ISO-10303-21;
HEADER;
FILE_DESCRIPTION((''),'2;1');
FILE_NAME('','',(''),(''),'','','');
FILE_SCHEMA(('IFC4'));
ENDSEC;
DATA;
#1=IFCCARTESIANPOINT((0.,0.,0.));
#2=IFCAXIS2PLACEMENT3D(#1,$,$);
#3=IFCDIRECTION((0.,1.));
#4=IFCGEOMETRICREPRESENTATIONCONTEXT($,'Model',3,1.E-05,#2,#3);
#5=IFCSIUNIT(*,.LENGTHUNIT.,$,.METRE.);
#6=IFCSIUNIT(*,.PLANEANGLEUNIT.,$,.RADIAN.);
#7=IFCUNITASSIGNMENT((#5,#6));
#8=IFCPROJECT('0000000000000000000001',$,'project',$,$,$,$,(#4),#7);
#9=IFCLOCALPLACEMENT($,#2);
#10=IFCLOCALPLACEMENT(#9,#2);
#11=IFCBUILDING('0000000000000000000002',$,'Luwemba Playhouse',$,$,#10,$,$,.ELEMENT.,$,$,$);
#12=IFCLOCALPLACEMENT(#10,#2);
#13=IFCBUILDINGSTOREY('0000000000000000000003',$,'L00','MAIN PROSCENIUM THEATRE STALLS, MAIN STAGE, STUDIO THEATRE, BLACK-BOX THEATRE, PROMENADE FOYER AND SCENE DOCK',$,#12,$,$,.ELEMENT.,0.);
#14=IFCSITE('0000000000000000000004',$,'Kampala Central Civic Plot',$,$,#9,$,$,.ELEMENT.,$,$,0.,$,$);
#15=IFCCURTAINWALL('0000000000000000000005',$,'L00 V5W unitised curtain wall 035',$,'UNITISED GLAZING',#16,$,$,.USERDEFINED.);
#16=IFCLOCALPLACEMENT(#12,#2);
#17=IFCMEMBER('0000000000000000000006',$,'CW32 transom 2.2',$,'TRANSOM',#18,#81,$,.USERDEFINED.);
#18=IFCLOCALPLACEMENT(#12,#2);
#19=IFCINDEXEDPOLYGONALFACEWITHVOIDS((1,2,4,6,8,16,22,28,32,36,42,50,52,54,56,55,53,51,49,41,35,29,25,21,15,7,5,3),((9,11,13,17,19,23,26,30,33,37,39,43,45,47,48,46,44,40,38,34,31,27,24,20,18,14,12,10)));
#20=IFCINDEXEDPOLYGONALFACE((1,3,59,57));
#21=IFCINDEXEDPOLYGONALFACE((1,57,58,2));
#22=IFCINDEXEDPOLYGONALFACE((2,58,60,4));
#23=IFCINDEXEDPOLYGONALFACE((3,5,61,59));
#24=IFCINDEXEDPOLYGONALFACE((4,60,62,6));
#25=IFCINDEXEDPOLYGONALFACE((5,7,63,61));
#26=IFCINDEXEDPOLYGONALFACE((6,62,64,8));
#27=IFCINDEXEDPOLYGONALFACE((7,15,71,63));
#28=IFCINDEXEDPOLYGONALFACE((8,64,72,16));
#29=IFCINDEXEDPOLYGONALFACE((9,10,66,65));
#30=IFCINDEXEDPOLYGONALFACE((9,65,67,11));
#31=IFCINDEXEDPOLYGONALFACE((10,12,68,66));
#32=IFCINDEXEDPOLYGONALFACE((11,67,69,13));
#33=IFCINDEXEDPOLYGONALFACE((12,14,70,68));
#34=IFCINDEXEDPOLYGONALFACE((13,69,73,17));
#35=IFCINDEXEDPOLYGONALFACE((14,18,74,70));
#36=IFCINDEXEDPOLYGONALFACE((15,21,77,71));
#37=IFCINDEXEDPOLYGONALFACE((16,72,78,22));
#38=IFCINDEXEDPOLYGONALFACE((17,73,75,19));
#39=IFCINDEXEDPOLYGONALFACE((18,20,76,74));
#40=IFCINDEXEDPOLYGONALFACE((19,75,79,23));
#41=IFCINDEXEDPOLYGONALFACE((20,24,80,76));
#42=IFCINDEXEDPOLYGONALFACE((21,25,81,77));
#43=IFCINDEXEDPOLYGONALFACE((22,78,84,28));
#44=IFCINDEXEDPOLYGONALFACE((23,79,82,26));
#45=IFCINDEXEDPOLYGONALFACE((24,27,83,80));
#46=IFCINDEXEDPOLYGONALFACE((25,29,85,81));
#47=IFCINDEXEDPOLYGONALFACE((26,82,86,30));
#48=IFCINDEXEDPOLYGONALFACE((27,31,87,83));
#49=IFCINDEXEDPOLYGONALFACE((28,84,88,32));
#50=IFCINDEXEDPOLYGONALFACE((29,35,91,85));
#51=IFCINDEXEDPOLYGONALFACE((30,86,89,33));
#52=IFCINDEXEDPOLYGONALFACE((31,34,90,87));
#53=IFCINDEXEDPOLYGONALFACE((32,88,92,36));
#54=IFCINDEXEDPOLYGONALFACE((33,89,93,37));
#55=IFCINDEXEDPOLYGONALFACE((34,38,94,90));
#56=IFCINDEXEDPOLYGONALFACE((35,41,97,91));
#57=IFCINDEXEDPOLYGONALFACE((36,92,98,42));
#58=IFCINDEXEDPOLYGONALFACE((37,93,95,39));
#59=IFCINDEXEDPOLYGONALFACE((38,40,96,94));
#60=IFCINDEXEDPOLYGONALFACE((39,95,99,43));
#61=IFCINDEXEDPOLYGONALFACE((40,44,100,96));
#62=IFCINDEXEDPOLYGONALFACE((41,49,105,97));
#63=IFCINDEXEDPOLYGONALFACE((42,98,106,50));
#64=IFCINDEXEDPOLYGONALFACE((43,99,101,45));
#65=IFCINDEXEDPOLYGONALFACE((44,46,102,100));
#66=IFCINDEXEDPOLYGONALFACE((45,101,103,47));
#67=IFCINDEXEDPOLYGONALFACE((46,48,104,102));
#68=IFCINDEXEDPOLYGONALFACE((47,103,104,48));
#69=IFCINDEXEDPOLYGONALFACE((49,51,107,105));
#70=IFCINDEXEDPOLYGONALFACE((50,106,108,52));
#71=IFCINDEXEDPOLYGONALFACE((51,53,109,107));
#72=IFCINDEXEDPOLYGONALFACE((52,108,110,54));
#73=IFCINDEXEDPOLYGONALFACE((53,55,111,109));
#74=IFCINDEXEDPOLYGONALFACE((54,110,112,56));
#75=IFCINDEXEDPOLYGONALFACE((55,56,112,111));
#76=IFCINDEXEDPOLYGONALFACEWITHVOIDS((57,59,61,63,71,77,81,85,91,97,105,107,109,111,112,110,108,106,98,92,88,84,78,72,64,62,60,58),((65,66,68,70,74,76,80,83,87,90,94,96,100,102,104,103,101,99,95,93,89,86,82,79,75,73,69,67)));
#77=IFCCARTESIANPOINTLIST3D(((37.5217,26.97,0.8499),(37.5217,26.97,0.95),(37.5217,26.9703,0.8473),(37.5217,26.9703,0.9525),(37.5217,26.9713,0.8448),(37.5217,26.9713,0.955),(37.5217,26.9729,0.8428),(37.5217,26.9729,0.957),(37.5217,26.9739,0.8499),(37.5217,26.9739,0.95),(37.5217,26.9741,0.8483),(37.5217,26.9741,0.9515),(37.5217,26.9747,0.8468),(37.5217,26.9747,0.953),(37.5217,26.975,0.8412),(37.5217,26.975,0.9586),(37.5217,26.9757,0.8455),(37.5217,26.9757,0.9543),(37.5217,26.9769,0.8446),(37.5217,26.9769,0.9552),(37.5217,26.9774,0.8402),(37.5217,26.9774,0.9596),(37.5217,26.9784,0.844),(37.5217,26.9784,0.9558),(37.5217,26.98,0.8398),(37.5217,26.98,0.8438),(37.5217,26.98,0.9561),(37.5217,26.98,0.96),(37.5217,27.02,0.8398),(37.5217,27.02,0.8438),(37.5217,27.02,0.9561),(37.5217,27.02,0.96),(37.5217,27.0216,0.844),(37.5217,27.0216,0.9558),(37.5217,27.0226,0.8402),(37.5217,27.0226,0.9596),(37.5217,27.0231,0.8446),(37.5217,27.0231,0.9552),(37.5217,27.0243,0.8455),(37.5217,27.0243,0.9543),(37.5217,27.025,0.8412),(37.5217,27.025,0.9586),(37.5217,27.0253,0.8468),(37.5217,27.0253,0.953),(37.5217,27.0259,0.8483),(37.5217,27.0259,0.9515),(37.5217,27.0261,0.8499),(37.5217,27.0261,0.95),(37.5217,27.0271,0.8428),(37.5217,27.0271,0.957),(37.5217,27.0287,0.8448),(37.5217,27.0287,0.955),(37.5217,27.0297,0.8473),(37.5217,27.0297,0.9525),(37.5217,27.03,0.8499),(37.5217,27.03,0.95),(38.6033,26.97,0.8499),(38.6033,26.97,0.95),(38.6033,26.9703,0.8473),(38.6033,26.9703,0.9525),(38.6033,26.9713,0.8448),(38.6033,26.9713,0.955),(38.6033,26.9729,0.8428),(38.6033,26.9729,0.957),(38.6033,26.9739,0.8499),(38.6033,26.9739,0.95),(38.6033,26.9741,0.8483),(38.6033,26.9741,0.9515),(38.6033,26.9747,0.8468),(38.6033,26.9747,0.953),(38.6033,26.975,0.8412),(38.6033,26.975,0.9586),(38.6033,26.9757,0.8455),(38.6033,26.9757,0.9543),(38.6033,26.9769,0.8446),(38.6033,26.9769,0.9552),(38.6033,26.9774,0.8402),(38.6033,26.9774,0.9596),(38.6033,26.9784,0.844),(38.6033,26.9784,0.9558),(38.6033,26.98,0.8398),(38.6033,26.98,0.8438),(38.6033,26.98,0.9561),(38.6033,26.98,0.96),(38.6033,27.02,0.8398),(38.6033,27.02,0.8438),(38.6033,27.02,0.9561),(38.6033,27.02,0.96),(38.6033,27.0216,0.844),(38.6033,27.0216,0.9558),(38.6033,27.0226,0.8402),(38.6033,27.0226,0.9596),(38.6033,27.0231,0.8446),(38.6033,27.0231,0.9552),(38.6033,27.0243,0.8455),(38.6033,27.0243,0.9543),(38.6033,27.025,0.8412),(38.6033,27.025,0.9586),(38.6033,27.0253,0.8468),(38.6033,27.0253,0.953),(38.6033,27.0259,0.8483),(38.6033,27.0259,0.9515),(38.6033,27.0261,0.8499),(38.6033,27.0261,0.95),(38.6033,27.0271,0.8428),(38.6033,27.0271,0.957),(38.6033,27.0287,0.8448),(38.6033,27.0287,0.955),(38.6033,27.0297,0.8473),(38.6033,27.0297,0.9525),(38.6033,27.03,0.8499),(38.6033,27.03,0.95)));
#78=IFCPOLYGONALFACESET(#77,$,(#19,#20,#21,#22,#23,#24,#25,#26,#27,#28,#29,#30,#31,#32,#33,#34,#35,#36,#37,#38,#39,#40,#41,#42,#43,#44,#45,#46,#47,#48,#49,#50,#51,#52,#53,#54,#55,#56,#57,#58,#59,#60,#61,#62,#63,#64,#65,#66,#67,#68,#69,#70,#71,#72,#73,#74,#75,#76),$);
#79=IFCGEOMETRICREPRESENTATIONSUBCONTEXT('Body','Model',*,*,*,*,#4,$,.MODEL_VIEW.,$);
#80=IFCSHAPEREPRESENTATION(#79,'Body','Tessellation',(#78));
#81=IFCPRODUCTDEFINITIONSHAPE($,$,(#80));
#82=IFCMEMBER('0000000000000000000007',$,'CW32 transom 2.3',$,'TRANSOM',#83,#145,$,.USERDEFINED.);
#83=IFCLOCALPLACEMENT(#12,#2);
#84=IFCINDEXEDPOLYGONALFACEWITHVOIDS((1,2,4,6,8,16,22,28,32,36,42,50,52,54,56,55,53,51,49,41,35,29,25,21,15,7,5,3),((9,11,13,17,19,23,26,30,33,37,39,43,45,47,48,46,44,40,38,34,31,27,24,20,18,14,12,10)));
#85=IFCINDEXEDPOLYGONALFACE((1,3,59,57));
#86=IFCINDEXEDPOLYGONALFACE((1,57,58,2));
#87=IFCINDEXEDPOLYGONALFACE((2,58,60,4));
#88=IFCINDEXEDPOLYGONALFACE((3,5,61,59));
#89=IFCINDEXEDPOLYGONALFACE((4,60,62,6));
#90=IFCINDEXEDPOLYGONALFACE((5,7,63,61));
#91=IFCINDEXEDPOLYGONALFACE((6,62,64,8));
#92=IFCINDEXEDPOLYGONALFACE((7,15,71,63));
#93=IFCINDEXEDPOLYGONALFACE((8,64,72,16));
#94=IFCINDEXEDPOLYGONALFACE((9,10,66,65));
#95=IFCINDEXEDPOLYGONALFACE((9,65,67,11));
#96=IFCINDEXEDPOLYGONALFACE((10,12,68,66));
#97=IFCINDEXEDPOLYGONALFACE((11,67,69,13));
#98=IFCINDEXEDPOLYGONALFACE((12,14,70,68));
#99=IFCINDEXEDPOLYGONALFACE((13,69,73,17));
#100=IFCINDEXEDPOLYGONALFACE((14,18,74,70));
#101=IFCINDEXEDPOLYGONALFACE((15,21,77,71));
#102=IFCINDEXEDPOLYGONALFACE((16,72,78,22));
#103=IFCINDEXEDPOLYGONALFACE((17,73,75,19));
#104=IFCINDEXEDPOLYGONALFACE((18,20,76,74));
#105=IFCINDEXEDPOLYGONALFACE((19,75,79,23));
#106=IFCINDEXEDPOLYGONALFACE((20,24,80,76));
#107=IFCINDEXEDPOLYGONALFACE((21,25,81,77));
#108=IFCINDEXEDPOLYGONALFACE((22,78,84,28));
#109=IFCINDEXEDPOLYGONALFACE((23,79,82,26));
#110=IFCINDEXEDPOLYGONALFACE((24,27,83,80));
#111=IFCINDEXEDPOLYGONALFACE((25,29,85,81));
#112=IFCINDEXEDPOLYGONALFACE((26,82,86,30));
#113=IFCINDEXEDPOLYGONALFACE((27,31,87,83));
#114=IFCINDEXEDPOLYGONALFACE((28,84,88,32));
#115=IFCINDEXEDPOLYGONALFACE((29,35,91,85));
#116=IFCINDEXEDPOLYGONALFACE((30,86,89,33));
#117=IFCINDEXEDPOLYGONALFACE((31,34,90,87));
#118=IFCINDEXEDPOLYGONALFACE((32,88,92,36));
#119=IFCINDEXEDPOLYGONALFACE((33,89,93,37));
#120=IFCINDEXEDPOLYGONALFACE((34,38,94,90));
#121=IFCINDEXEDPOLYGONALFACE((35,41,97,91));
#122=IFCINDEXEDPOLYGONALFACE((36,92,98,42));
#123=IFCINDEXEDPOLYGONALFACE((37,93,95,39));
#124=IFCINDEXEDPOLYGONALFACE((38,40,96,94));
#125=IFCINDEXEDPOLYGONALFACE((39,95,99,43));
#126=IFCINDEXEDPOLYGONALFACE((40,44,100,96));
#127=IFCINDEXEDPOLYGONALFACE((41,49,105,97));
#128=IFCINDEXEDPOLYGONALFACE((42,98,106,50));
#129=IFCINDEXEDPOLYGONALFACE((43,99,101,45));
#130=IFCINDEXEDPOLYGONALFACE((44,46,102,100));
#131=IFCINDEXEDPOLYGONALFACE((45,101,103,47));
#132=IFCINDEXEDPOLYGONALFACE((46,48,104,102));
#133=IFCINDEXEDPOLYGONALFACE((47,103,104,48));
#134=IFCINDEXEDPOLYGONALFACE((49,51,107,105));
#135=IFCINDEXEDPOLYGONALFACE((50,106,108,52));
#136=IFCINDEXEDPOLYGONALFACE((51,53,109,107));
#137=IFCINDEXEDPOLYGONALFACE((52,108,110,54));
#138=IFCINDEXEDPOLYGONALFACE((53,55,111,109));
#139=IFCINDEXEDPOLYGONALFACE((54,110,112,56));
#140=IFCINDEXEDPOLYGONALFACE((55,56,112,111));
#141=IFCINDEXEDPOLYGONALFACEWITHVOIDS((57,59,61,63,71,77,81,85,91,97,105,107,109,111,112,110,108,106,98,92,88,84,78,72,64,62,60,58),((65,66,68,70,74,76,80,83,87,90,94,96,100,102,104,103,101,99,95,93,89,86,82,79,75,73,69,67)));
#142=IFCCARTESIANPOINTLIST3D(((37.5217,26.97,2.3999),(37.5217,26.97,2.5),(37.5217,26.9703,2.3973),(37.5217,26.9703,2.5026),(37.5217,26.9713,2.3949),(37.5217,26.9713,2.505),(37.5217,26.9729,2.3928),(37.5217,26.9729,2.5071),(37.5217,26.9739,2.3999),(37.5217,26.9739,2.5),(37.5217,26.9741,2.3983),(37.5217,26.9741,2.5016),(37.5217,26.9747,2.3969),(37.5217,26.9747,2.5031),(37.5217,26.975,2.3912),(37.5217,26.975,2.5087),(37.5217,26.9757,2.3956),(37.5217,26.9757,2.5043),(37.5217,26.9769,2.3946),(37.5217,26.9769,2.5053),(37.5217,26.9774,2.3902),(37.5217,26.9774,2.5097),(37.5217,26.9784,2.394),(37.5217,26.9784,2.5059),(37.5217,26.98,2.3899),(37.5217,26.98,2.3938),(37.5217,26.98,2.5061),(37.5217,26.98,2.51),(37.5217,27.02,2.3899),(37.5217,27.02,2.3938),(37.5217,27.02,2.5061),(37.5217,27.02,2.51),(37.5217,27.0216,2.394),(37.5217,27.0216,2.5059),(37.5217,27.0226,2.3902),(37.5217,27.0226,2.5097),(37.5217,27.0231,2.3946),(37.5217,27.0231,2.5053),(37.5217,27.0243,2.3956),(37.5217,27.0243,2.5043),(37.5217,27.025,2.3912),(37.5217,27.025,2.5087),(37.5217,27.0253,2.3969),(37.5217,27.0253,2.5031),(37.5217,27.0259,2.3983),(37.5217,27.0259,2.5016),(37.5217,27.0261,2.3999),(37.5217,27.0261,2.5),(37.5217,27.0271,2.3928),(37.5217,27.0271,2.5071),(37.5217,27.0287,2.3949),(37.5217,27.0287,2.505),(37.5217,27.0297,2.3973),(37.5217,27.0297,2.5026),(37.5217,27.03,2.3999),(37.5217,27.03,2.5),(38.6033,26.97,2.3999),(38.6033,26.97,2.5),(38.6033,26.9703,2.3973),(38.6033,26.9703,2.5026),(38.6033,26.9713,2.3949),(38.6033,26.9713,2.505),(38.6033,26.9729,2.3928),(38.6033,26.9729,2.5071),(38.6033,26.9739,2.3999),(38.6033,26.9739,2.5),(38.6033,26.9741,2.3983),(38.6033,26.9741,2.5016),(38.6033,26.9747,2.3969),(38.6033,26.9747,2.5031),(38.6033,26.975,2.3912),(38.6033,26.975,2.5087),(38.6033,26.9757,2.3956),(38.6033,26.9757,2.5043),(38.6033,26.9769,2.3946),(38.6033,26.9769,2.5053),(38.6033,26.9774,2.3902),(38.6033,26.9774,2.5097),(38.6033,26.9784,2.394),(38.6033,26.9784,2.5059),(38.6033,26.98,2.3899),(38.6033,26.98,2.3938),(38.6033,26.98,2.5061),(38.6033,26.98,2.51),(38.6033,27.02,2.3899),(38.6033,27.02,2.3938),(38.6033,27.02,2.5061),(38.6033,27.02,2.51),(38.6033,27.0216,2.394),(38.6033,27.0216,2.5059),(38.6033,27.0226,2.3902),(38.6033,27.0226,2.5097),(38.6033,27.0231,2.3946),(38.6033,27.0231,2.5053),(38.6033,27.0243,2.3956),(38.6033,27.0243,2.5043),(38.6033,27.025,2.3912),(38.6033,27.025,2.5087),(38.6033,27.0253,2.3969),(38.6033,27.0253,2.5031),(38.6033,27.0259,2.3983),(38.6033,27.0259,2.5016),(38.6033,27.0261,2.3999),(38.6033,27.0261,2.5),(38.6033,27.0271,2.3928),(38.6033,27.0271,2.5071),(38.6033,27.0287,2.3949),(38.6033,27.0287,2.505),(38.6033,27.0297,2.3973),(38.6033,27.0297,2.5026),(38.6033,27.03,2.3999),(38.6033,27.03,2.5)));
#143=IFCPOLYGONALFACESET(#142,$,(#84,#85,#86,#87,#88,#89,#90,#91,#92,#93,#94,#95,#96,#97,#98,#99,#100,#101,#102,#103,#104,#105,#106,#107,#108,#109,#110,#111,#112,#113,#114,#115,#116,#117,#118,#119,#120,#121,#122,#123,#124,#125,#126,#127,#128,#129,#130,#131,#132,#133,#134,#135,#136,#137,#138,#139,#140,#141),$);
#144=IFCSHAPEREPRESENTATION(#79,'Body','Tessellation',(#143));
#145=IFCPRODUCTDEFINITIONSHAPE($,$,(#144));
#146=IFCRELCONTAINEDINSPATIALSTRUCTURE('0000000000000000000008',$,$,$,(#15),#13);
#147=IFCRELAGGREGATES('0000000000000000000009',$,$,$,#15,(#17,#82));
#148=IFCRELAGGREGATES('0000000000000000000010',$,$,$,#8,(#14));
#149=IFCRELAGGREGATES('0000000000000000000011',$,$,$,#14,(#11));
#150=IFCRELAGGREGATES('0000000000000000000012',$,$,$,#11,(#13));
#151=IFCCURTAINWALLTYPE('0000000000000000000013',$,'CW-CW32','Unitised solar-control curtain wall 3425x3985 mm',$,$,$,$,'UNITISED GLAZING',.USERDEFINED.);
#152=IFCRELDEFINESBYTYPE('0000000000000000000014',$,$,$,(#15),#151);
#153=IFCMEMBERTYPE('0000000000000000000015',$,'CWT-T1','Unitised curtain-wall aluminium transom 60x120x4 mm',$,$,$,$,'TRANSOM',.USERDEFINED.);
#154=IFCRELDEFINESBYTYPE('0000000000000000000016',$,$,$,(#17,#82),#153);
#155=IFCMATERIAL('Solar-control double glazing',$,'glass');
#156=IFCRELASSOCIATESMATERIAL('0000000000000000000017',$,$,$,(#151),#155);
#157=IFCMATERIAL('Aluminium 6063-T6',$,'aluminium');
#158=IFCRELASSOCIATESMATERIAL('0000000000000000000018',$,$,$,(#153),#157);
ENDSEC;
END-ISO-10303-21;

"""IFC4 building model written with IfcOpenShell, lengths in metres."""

from ifc_helpers import new_model, si_unit, direction, frame, origin, origin_2d, place, context, subcontext, project, spatial, hollow_rectangle, extrude, material, material_profile, profile_set, type_object, element, aggregate, save


model = new_model("IFC4")

# Units and contexts
model_context = context("Model", 3, precision=1e-05, world=origin(), true_north=direction((0.0, 1.0)))
body_context = subcontext(model_context, "Body", "Model", "MODEL_VIEW")
ifc_project = project(units=[si_unit("LENGTHUNIT", "METRE"), si_unit("PLANEANGLEUNIT", "RADIAN")], contexts=[model_context])

# Site, building, storey
site_placement = place(None, origin())
site = spatial("IfcSite", under=ifc_project, at=site_placement, Name="Kampala Central Civic Plot", CompositionType="ELEMENT", RefElevation=0.0)
building_placement = place(site_placement, origin())
building = spatial("IfcBuilding", under=site, at=building_placement, Name="Luwemba Playhouse", CompositionType="ELEMENT")
storey_placement = place(building_placement, origin())
storey = spatial("IfcBuildingStorey", under=building, at=storey_placement, Name="L00", Description="MAIN PROSCENIUM THEATRE STALLS, MAIN STAGE, STUDIO THEATRE, BLACK-BOX THEATRE, PROMENADE FOYER AND SCENE DOCK", CompositionType="ELEMENT", Elevation=0.0)

# Curtain wall, members
ifc_material_1 = material(Name="Solar-control double glazing", Category="glass")
curtain_wall_type = type_object("IfcCurtainWallType", Name="CW-CW32", Description="Unitised solar-control curtain wall 3425x3985 mm", ElementType="UNITISED GLAZING", PredefinedType="USERDEFINED", material=ifc_material_1)
curtain_wall_placement = place(storey_placement, origin())
curtain_wall = element("IfcCurtainWall", 1, at=curtain_wall_placement, inside=storey, type_object=curtain_wall_type, Name="L00 V5W unitised curtain wall 035", ObjectType="UNITISED GLAZING", PredefinedType="USERDEFINED")
ifc_material_2 = material(Name="Aluminium 6063-T6", Category="aluminium")
ifc_material_profile_1 = material_profile(ifc_material_2, hollow_rectangle(XDim=0.0601, YDim=0.1201, WallThickness=0.0039, InnerFilletRadius=0.0061, OuterFilletRadius=0.01, at=origin_2d()))
ifc_profile_set_1 = profile_set([ifc_material_profile_1], Name="Aluminium 6063-T6")
member_type_1 = type_object("IfcMemberType", Name="CWT-T1", Description="Unitised curtain-wall aluminium transom 60x120x4 mm", ElementType="TRANSOM", PredefinedType="USERDEFINED", material=ifc_profile_set_1)
member_1_placement = place(storey_placement, frame((37.5217, 27.0, 0.8999), z_axis=(1.0, 0.0, 0.0), x_axis=(0.0, 1.0, 0.0)))
member_1 = element("IfcMember", 2, at=member_1_placement, type_object=member_type_1, Name="CW32 transom 2.2", ObjectType="TRANSOM", PredefinedType="USERDEFINED", context=body_context, shape_type="SweptSolid", body=[
    extrude(hollow_rectangle(XDim=0.0601, YDim=0.1201, WallThickness=0.0039, InnerFilletRadius=0.0061, OuterFilletRadius=0.01, at=origin_2d()), origin(), (0.0, 0.0, 1.0), 1.0815),
])
member_2_placement = place(storey_placement, frame((37.5217, 27.0, 2.45), z_axis=(1.0, 0.0, 0.0), x_axis=(0.0, 1.0, 0.0)))
member_2 = element("IfcMember", 3, at=member_2_placement, type_object=member_type_1, Name="CW32 transom 2.3", ObjectType="TRANSOM", PredefinedType="USERDEFINED", context=body_context, shape_type="SweptSolid", body=[
    extrude(hollow_rectangle(XDim=0.0601, YDim=0.1201, WallThickness=0.0039, InnerFilletRadius=0.0061, OuterFilletRadius=0.01, at=origin_2d()), origin(), (0.0, 0.0, 1.0), 1.0815),
])
aggregate(curtain_wall, [member_1, member_2])

save(model, "model.ifc")
